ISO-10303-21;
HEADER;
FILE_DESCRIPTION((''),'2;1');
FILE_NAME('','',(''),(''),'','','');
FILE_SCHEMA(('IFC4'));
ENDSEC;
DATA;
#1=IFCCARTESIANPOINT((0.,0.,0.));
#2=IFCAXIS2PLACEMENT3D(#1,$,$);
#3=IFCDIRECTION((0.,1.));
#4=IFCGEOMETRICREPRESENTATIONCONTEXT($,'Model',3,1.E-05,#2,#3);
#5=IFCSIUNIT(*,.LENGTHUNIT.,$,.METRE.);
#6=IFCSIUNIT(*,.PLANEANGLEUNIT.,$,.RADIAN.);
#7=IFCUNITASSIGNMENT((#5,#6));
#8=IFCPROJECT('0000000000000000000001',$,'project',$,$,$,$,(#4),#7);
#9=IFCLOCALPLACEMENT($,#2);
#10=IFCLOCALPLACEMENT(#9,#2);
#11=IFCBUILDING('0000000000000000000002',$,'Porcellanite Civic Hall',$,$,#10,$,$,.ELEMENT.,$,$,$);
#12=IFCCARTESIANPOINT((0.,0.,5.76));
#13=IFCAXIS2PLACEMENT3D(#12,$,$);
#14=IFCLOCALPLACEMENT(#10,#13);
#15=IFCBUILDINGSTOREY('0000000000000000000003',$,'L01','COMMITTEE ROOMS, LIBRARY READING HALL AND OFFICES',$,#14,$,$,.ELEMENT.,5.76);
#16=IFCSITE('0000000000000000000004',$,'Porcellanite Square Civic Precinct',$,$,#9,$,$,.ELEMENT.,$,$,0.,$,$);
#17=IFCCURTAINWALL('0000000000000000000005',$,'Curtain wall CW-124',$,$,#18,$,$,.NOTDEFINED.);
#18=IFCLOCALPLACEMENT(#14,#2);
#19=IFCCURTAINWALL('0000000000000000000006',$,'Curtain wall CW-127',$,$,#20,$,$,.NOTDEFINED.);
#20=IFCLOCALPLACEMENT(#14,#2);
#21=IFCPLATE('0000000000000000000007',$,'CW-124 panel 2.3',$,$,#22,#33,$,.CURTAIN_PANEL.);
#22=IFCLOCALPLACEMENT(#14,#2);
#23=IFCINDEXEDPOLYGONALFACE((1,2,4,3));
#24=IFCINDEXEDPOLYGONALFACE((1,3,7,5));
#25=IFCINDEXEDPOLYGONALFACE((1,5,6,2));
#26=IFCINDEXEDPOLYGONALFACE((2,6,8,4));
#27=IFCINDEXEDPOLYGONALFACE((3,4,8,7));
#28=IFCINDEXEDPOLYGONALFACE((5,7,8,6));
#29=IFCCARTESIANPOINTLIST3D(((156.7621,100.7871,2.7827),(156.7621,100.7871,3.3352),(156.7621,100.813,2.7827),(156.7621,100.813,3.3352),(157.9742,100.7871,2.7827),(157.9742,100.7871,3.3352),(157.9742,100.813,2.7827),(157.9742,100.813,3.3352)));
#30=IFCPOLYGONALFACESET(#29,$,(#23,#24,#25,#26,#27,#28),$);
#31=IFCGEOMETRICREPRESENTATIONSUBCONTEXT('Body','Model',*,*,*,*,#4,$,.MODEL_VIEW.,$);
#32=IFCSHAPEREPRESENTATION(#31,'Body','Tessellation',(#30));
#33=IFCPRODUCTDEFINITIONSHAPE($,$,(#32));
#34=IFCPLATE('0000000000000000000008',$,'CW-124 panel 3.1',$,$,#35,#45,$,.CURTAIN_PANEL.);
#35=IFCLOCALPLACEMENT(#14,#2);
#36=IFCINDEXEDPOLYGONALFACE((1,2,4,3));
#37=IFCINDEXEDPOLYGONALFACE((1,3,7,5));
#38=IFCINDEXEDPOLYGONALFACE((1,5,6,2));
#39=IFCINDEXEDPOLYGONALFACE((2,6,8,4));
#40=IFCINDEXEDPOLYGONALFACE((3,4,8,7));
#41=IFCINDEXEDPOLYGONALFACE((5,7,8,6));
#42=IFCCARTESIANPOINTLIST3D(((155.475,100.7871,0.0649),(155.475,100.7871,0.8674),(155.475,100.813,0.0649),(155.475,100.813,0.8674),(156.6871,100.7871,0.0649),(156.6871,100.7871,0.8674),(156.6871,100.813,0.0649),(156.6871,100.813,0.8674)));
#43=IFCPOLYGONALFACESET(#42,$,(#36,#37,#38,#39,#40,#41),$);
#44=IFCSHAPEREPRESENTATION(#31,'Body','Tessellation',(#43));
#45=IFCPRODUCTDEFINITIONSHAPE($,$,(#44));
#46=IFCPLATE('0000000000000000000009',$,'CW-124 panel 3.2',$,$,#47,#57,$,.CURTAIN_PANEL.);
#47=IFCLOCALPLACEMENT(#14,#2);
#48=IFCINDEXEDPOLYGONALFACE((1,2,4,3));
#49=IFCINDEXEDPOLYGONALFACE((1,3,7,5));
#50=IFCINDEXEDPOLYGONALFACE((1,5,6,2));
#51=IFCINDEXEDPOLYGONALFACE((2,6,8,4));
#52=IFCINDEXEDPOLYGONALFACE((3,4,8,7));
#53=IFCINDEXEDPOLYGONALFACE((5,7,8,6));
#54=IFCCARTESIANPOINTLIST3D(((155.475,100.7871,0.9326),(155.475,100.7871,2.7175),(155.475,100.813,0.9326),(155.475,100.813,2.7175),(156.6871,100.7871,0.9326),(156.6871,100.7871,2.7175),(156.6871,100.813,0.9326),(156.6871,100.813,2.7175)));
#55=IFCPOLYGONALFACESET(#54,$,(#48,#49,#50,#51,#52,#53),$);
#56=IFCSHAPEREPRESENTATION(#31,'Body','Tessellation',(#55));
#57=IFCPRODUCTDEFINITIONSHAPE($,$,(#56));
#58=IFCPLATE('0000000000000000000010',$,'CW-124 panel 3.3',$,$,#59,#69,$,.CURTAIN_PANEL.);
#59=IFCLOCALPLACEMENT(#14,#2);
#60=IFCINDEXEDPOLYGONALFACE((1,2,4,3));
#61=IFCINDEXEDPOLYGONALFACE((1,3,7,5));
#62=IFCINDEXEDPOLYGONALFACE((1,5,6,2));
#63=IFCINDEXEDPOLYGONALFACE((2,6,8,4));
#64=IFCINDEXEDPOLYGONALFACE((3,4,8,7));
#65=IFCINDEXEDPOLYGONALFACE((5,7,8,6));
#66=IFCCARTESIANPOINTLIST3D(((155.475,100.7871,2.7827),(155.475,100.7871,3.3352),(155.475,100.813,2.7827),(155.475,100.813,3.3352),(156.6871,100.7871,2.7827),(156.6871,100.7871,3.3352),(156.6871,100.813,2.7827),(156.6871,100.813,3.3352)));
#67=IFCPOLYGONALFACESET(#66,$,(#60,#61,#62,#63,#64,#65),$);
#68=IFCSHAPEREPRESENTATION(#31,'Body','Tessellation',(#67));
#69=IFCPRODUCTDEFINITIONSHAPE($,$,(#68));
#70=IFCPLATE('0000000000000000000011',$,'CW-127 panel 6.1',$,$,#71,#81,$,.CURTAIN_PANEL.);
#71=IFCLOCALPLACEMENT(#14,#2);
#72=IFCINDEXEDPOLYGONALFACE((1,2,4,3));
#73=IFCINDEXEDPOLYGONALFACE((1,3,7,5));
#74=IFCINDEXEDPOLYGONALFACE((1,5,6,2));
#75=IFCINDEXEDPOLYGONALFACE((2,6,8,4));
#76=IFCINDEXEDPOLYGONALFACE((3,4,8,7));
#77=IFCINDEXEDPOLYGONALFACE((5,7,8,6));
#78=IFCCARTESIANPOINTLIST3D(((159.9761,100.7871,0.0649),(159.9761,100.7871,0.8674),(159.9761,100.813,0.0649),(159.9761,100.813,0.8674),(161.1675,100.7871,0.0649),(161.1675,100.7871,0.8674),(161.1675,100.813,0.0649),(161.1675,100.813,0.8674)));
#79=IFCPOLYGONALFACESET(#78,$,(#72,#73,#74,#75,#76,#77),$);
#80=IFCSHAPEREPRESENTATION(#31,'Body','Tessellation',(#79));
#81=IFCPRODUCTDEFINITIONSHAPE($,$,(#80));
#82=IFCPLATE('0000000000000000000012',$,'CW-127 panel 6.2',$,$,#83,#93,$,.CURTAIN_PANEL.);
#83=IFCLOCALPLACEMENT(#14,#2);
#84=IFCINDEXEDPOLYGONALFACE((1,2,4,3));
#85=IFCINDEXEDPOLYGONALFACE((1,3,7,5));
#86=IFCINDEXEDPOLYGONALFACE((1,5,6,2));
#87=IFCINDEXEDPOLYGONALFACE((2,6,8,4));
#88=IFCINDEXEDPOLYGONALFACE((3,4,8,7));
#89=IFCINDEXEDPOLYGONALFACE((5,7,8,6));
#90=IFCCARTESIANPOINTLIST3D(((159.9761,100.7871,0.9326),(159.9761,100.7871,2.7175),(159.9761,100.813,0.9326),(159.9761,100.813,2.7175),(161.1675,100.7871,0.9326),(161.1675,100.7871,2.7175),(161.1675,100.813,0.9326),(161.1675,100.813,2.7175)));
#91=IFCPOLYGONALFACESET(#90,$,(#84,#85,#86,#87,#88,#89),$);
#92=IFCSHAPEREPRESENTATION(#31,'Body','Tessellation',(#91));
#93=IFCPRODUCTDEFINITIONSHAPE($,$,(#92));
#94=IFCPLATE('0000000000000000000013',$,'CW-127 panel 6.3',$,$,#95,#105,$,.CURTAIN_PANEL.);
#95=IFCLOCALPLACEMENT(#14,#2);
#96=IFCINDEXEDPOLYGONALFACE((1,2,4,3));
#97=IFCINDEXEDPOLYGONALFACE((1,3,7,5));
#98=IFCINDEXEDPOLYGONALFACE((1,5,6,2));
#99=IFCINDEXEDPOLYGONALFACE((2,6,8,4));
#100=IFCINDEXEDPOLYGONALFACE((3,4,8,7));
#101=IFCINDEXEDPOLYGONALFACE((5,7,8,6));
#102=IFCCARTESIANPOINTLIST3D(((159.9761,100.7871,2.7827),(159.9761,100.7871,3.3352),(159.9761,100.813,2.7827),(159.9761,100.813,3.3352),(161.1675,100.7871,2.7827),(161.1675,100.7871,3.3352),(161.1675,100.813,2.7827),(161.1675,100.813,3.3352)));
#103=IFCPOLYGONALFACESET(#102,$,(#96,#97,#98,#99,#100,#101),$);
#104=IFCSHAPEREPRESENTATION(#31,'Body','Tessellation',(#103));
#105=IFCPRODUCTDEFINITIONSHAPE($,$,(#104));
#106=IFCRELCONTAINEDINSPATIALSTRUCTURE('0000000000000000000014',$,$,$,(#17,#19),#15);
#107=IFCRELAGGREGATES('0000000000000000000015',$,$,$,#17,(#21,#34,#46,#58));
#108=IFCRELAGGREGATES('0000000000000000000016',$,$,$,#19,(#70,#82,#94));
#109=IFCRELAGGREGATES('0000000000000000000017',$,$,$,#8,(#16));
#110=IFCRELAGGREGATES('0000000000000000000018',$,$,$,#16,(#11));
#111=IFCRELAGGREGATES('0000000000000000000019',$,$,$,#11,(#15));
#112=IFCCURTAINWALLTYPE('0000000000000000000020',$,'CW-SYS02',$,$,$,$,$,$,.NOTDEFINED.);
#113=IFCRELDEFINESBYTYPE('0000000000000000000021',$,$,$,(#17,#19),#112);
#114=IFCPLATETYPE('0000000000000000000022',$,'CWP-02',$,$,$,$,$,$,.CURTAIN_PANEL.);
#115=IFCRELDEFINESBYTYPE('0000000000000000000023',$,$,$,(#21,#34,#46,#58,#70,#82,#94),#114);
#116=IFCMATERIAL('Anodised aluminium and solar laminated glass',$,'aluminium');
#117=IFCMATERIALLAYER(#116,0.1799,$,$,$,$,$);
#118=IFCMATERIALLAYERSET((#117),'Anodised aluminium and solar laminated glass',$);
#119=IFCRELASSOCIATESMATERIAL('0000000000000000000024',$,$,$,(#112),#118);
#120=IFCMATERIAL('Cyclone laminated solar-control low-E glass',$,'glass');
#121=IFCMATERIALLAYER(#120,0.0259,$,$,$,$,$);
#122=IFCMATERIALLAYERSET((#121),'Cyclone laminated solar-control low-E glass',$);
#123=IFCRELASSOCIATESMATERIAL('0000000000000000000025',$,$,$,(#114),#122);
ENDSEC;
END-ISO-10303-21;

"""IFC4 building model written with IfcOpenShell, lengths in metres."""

from ifc_helpers import new_model, si_unit, direction, frame, origin, origin_2d, place, context, subcontext, project, spatial, rectangle, extrude, material, layer, layer_set, type_object, element, aggregate, save


model = new_model("IFC4")

# Units and contexts
model_context = context("Model", 3, precision=1e-05, world=origin(), true_north=direction((0.0, 1.0)))
body_context = subcontext(model_context, "Body", "Model", "MODEL_VIEW")
ifc_project = project(units=[si_unit("LENGTHUNIT", "METRE"), si_unit("PLANEANGLEUNIT", "RADIAN")], contexts=[model_context])

# Site, building, storey
site_placement = place(None, origin())
site = spatial("IfcSite", under=ifc_project, at=site_placement, Name="Porcellanite Square Civic Precinct", CompositionType="ELEMENT", RefElevation=0.0)
building_placement = place(site_placement, origin())
building = spatial("IfcBuilding", under=site, at=building_placement, Name="Porcellanite Civic Hall", CompositionType="ELEMENT")
storey_placement = place(building_placement, frame((0.0, 0.0, 5.76)))
storey = spatial("IfcBuildingStorey", under=building, at=storey_placement, Name="L01", Description="COMMITTEE ROOMS, LIBRARY READING HALL AND OFFICES", CompositionType="ELEMENT", Elevation=5.76)

# Curtain wall
ifc_material_1 = material(Name="Anodised aluminium and solar laminated glass", Category="aluminium")
ifc_layer_1 = layer(ifc_material_1, 0.1799)
ifc_layer_set_1 = layer_set([ifc_layer_1], Name="Anodised aluminium and solar laminated glass")
curtain_wall_type = type_object("IfcCurtainWallType", Name="CW-SYS02", PredefinedType="NOTDEFINED", material=ifc_layer_set_1)
curtain_wall_1_placement = place(storey_placement, origin())
curtain_wall_1 = element("IfcCurtainWall", 1, at=curtain_wall_1_placement, inside=storey, type_object=curtain_wall_type, Name="Curtain wall CW-124", PredefinedType="NOTDEFINED")

# Curtain wall
curtain_wall_2_placement = place(storey_placement, origin())
curtain_wall_2 = element("IfcCurtainWall", 2, at=curtain_wall_2_placement, inside=storey, type_object=curtain_wall_type, Name="Curtain wall CW-127", PredefinedType="NOTDEFINED")

# Plates
ifc_material_2 = material(Name="Cyclone laminated solar-control low-E glass", Category="glass")
ifc_layer_2 = layer(ifc_material_2, 0.0259)
ifc_layer_set_2 = layer_set([ifc_layer_2], Name="Cyclone laminated solar-control low-E glass")
plate_type = type_object("IfcPlateType", Name="CWP-02", PredefinedType="CURTAIN_PANEL", material=ifc_layer_set_2)
plate_1_placement = place(storey_placement, frame((157.3682, 100.8, 2.7827), z_axis=(0.0, 0.0, 1.0), x_axis=(-1.0, 0.0, 0.0)))
plate_1 = element("IfcPlate", 3, at=plate_1_placement, type_object=plate_type, Name="CW-124 panel 2.3", PredefinedType="CURTAIN_PANEL", context=body_context, shape_type="SweptSolid", body=[
    extrude(rectangle(XDim=1.2122, YDim=0.0259, at=origin_2d()), origin(), (0.0, 0.0, 1.0), 0.5525),
])
plate_2_placement = place(storey_placement, frame((156.0811, 100.8, 0.0649), z_axis=(0.0, 0.0, 1.0), x_axis=(-1.0, 0.0, 0.0)))
plate_2 = element("IfcPlate", 4, at=plate_2_placement, type_object=plate_type, Name="CW-124 panel 3.1", PredefinedType="CURTAIN_PANEL", context=body_context, shape_type="SweptSolid", body=[
    extrude(rectangle(XDim=1.2122, YDim=0.0259, at=origin_2d()), origin(), (0.0, 0.0, 1.0), 0.8025),
])
plate_3_placement = place(storey_placement, frame((156.0811, 100.8, 0.9326), z_axis=(0.0, 0.0, 1.0), x_axis=(-1.0, 0.0, 0.0)))
plate_3 = element("IfcPlate", 5, at=plate_3_placement, type_object=plate_type, Name="CW-124 panel 3.2", PredefinedType="CURTAIN_PANEL", context=body_context, shape_type="SweptSolid", body=[
    extrude(rectangle(XDim=1.2122, YDim=0.0259, at=origin_2d()), origin(), (0.0, 0.0, 1.0), 1.7849),
])
plate_4_placement = place(storey_placement, frame((156.0811, 100.8, 2.7827), z_axis=(0.0, 0.0, 1.0), x_axis=(-1.0, 0.0, 0.0)))
plate_4 = element("IfcPlate", 6, at=plate_4_placement, type_object=plate_type, Name="CW-124 panel 3.3", PredefinedType="CURTAIN_PANEL", context=body_context, shape_type="SweptSolid", body=[
    extrude(rectangle(XDim=1.2122, YDim=0.0259, at=origin_2d()), origin(), (0.0, 0.0, 1.0), 0.5525),
])
aggregate(curtain_wall_1, [plate_1, plate_2, plate_3, plate_4])
plate_5_placement = place(storey_placement, frame((160.5718, 100.8, 0.0649), z_axis=(0.0, 0.0, 1.0), x_axis=(-1.0, 0.0, 0.0)))
plate_5 = element("IfcPlate", 7, at=plate_5_placement, type_object=plate_type, Name="CW-127 panel 6.1", PredefinedType="CURTAIN_PANEL", context=body_context, shape_type="SweptSolid", body=[
    extrude(rectangle(XDim=1.1914, YDim=0.0259, at=origin_2d()), origin(), (0.0, 0.0, 1.0), 0.8025),
])
plate_6_placement = place(storey_placement, frame((160.5718, 100.8, 0.9326), z_axis=(0.0, 0.0, 1.0), x_axis=(-1.0, 0.0, 0.0)))
plate_6 = element("IfcPlate", 8, at=plate_6_placement, type_object=plate_type, Name="CW-127 panel 6.2", PredefinedType="CURTAIN_PANEL", context=body_context, shape_type="SweptSolid", body=[
    extrude(rectangle(XDim=1.1914, YDim=0.0259, at=origin_2d()), origin(), (0.0, 0.0, 1.0), 1.7849),
])
plate_7_placement = place(storey_placement, frame((160.5718, 100.8, 2.7827), z_axis=(0.0, 0.0, 1.0), x_axis=(-1.0, 0.0, 0.0)))
plate_7 = element("IfcPlate", 9, at=plate_7_placement, type_object=plate_type, Name="CW-127 panel 6.3", PredefinedType="CURTAIN_PANEL", context=body_context, shape_type="SweptSolid", body=[
    extrude(rectangle(XDim=1.1914, YDim=0.0259, at=origin_2d()), origin(), (0.0, 0.0, 1.0), 0.5525),
])
aggregate(curtain_wall_2, [plate_5, plate_6, plate_7])

save(model, "model.ifc")
